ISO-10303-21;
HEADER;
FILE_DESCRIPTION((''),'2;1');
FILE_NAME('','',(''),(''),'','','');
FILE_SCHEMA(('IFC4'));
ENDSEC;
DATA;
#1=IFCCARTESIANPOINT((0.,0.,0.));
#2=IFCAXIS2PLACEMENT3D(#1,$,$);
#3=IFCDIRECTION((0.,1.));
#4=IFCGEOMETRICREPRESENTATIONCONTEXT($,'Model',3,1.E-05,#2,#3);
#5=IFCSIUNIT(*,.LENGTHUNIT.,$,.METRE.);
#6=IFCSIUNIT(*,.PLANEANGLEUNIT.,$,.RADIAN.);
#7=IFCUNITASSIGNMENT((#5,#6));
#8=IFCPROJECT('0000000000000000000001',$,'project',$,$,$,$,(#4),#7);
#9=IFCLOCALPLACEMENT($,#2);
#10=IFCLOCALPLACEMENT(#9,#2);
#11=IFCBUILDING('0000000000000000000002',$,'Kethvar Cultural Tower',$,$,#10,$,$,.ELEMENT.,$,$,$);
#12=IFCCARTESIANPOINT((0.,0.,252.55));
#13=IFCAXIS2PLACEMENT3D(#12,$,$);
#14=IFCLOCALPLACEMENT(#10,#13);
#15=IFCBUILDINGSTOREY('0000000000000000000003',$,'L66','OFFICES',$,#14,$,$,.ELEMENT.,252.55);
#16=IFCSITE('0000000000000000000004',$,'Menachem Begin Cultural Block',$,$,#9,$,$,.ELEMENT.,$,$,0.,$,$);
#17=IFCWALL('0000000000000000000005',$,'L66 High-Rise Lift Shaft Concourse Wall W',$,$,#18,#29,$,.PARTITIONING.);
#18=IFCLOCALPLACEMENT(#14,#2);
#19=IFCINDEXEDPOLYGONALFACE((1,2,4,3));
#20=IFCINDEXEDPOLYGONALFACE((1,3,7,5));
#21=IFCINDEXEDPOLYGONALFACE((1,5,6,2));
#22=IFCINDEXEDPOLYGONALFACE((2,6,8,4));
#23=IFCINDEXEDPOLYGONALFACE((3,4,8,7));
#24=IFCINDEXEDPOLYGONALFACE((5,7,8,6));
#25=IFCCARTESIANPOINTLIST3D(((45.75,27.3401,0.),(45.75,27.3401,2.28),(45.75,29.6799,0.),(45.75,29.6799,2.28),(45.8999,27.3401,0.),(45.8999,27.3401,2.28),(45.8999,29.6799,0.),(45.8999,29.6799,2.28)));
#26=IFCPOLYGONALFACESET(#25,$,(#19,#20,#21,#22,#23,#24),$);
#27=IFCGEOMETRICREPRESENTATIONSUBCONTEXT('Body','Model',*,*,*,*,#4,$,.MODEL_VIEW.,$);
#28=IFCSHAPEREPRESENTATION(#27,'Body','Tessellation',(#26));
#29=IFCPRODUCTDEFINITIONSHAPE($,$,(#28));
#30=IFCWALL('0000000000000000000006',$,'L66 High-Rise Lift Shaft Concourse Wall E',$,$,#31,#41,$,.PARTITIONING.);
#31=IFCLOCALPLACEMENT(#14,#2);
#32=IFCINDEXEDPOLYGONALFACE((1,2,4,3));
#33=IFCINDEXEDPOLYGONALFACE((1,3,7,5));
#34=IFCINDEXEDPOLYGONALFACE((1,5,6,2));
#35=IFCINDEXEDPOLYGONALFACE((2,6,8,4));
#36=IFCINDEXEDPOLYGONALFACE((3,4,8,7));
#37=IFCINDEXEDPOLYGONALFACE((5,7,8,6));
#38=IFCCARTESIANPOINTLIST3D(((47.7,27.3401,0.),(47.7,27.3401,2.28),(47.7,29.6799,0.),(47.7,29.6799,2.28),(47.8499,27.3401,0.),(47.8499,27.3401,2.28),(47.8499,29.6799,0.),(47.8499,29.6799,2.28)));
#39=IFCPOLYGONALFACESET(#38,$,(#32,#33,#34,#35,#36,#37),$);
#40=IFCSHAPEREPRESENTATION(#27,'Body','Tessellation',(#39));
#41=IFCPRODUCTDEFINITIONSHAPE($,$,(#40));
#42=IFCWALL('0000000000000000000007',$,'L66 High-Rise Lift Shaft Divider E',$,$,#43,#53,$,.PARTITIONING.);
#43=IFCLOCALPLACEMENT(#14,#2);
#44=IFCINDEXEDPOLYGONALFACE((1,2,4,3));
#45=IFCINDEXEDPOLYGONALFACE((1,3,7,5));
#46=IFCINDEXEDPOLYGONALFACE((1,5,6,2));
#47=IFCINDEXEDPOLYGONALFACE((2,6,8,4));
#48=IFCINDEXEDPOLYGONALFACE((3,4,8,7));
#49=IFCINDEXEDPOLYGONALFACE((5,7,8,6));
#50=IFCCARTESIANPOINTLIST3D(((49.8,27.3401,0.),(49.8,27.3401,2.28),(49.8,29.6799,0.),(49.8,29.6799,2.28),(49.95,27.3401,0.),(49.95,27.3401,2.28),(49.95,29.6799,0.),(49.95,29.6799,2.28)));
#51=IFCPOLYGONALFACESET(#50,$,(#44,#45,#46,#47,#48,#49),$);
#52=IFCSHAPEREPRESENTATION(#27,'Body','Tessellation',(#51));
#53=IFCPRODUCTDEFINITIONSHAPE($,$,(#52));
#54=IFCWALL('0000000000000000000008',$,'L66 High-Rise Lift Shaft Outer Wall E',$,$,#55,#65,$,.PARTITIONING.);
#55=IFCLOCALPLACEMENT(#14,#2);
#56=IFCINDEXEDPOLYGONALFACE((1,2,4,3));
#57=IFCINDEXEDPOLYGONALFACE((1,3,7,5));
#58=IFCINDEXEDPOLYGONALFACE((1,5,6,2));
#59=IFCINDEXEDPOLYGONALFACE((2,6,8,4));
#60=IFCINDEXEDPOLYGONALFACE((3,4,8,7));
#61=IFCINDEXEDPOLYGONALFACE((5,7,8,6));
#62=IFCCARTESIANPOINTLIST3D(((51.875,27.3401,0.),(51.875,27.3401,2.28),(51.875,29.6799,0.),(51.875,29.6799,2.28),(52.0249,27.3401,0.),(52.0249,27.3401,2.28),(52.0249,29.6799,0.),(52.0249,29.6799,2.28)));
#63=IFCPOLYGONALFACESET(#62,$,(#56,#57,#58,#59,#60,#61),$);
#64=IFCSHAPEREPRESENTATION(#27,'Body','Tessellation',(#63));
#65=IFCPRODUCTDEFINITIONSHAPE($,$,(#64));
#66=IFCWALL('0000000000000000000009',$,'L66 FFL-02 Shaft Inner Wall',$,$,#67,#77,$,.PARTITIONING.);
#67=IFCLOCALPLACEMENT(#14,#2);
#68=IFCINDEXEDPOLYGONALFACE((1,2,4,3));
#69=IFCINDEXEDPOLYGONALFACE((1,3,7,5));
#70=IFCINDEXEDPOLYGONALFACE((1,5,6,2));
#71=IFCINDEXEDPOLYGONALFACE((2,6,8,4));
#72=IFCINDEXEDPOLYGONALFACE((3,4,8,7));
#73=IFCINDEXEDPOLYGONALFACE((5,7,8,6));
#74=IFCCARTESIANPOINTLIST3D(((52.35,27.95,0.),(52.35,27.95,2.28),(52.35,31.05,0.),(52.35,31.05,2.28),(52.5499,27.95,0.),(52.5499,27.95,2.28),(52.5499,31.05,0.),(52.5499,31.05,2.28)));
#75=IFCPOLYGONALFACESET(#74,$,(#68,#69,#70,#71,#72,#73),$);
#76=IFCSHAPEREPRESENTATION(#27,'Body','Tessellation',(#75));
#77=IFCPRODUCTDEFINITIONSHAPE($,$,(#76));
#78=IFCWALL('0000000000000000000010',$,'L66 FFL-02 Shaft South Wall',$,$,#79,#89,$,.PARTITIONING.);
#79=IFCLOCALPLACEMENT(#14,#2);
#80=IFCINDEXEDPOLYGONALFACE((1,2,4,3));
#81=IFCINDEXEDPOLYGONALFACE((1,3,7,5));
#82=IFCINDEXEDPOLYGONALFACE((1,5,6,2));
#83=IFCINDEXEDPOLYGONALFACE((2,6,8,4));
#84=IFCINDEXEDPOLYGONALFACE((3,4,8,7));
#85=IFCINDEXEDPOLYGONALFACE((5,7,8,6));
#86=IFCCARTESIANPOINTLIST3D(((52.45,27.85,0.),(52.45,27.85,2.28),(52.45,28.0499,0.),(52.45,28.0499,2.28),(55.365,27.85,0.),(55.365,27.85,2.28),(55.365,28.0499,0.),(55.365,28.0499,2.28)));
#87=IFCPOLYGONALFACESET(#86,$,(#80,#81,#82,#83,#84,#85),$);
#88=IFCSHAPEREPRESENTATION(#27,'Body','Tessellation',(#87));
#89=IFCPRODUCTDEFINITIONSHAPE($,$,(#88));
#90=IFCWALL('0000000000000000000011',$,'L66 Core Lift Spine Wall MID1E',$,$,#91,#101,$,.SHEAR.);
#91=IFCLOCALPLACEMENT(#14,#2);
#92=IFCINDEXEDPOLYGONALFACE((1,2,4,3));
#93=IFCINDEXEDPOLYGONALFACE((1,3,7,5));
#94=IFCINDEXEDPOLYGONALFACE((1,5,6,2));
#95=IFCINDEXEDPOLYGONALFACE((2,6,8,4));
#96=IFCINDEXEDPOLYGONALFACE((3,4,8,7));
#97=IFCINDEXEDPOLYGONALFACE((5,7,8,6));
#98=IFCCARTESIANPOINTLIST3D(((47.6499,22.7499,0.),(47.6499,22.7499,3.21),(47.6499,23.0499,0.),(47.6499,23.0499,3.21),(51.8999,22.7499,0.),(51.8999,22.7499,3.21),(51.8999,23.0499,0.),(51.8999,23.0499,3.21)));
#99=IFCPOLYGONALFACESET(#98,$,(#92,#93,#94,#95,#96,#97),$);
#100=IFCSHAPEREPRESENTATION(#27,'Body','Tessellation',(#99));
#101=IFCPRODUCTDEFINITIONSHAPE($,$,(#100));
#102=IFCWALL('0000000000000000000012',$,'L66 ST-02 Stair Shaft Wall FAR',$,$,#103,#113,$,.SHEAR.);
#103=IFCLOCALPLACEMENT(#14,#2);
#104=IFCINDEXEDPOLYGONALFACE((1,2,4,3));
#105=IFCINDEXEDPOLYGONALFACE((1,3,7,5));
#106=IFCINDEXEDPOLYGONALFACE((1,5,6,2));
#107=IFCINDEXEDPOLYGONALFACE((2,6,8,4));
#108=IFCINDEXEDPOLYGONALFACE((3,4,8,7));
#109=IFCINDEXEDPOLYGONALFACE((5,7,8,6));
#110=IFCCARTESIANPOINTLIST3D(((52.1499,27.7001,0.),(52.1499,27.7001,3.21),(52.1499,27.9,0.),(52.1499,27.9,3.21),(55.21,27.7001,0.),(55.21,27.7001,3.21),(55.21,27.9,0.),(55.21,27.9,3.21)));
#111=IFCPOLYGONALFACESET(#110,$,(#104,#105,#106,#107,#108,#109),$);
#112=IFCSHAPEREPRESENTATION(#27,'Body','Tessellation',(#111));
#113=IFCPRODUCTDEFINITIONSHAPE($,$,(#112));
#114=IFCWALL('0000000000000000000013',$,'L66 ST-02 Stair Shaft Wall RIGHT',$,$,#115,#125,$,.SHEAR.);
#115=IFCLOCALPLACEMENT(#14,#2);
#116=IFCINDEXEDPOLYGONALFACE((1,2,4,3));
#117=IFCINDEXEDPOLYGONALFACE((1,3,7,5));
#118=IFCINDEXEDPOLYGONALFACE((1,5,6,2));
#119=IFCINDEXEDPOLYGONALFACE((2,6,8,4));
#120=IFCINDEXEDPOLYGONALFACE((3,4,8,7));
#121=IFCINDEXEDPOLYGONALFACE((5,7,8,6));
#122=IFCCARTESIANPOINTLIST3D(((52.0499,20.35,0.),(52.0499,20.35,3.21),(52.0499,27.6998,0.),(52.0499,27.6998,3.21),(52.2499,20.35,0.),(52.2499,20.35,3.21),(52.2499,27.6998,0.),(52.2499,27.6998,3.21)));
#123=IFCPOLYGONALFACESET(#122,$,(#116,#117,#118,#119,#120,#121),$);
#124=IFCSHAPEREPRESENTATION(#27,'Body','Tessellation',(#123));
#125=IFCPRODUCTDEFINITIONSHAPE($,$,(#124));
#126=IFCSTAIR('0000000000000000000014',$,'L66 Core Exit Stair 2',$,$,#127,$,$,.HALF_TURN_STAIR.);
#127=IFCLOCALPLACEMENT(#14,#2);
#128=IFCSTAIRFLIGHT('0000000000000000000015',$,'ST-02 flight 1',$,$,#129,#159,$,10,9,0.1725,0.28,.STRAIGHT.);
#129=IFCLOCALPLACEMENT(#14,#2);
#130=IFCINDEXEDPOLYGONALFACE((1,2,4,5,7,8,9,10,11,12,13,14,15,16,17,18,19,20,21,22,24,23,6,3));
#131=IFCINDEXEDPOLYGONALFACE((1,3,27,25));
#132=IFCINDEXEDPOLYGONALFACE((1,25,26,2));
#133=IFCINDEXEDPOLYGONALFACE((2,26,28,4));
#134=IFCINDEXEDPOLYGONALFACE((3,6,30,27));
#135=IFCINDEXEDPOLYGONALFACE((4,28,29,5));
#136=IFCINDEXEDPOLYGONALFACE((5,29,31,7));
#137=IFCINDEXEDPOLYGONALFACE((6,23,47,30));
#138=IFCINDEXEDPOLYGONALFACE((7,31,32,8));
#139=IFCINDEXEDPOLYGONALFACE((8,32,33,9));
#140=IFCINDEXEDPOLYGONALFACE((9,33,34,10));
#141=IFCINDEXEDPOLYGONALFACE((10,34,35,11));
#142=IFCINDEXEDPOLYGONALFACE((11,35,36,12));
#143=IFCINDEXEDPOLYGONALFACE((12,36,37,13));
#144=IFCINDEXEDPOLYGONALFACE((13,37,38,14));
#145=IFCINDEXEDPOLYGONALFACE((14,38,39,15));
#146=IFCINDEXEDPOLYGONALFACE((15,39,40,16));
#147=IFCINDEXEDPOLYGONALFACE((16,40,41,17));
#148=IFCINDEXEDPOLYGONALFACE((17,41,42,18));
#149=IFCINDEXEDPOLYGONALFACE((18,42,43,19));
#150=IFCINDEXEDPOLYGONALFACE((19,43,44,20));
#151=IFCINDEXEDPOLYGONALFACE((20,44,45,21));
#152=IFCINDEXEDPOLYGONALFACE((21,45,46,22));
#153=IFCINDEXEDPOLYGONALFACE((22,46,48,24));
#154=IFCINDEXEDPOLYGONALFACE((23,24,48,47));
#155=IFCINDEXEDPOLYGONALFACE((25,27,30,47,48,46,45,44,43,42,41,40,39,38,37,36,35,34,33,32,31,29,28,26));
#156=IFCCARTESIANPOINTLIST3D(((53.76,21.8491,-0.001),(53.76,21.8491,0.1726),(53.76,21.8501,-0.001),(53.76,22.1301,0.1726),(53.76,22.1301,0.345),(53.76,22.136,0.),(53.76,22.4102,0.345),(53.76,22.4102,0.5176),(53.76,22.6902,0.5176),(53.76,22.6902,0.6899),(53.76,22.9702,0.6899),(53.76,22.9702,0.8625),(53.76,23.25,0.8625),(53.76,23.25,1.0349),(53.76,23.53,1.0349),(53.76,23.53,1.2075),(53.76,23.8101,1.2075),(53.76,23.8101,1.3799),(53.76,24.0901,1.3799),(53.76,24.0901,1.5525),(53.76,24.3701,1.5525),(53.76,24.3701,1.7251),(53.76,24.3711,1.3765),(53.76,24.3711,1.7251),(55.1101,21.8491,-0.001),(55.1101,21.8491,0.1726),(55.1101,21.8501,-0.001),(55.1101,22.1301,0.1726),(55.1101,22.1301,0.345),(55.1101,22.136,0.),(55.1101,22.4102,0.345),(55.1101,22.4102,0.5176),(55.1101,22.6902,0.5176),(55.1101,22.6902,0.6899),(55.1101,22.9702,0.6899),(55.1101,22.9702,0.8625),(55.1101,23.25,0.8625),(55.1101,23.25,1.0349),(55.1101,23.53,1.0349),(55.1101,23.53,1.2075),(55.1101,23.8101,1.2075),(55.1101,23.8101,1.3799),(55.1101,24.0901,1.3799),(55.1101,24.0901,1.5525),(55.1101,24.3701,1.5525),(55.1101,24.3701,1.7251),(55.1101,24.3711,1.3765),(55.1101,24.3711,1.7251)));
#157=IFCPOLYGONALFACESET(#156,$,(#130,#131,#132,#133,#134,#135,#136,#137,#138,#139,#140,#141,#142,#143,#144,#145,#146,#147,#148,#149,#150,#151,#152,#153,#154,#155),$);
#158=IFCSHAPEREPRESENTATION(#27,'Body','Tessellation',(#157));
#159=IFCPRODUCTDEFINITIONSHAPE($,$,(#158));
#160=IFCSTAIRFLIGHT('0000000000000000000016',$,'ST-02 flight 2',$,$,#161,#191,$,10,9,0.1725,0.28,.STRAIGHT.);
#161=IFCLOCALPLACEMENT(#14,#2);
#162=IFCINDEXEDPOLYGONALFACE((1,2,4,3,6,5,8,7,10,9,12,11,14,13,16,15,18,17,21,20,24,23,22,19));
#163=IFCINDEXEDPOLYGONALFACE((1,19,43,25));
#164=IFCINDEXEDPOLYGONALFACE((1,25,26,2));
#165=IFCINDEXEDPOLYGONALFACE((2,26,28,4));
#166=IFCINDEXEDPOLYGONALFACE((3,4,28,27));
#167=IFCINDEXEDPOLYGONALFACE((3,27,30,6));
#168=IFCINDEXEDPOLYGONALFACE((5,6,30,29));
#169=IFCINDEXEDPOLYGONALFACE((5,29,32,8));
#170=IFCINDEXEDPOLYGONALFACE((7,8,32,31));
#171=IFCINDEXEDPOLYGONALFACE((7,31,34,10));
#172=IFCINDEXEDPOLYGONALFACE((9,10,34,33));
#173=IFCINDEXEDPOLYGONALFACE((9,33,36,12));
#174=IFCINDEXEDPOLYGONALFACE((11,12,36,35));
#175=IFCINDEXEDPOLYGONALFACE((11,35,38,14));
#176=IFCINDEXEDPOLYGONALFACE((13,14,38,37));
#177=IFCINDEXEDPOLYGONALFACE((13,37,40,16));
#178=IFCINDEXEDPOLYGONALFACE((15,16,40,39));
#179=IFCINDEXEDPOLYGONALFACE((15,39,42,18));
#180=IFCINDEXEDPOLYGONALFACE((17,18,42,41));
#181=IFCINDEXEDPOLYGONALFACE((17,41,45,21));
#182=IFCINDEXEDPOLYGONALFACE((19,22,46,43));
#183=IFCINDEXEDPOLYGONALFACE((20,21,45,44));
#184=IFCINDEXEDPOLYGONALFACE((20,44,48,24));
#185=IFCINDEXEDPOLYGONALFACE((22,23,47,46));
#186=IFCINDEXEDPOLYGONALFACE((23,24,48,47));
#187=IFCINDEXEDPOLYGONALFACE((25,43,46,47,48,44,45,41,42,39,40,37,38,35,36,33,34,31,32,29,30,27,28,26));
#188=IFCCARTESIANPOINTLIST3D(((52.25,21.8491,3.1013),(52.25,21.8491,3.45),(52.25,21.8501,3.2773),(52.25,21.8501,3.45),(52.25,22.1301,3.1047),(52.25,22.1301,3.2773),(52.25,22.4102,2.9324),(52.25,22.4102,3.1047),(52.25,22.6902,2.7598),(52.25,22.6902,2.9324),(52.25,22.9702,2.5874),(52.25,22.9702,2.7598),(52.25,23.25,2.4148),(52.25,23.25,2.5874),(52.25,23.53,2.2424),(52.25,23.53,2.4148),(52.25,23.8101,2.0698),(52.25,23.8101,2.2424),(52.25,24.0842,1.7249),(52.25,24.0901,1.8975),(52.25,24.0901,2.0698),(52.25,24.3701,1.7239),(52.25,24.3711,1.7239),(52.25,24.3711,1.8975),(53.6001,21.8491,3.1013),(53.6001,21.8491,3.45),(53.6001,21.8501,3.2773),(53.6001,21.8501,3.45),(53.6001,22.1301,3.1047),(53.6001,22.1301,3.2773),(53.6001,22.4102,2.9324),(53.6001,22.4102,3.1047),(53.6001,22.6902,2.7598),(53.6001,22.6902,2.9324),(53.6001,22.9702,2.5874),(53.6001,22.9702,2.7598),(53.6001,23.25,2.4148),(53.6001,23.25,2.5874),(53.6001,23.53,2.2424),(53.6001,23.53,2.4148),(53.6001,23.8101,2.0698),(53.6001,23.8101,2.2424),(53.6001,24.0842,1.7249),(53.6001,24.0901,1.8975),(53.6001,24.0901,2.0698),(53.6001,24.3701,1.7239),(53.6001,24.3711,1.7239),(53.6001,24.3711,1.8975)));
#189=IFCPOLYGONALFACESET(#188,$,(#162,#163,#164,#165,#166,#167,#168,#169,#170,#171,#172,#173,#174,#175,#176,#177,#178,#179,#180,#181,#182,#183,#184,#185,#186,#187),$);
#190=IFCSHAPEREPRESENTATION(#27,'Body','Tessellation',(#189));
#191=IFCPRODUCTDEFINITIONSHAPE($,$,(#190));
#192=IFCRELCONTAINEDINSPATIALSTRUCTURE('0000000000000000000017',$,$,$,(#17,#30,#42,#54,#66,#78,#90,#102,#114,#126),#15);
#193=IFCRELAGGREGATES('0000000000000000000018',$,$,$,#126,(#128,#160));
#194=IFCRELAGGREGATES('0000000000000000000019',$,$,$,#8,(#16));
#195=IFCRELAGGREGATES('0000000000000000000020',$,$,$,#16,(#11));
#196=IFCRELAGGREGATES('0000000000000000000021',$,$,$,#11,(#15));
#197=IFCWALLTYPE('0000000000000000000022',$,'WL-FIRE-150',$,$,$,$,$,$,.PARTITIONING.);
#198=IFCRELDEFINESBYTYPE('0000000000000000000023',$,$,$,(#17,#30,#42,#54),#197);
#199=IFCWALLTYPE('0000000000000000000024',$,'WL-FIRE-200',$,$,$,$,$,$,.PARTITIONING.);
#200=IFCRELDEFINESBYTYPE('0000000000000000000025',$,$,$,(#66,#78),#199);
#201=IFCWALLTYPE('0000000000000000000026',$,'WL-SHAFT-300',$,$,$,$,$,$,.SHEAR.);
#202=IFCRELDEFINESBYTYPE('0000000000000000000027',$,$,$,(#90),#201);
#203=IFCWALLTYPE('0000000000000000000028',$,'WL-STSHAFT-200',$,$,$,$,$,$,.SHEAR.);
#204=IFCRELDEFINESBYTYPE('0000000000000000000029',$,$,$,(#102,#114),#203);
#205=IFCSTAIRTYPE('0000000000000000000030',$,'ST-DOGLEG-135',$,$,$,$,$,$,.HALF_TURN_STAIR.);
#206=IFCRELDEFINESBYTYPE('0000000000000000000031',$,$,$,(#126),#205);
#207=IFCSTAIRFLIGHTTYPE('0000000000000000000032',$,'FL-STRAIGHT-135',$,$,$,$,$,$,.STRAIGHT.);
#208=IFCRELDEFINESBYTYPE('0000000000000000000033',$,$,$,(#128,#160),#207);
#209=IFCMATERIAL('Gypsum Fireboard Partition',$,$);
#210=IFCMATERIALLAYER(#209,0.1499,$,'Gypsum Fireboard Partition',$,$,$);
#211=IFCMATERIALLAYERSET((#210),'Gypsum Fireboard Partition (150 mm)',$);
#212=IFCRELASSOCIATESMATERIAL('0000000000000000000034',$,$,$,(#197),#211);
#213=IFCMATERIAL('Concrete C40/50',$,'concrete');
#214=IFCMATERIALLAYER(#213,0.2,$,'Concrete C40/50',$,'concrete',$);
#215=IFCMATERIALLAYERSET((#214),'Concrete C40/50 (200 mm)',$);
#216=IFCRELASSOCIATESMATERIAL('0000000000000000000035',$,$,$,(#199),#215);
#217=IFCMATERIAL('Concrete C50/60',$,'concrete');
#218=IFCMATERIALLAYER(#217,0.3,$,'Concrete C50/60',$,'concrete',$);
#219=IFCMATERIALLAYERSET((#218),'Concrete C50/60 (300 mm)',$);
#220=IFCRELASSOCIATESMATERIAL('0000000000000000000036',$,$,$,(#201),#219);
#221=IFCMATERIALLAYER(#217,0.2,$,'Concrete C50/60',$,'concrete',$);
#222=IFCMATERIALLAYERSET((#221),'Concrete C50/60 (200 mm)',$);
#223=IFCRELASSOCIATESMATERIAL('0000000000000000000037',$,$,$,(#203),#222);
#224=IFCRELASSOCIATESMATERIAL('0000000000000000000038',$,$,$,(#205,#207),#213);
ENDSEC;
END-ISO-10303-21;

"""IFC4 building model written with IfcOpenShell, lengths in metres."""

from ifc_helpers import new_model, si_unit, direction, frame, frame_2d, origin, place, context, subcontext, project, spatial, polyline, rectangle, outline, extrude, material, layer, layer_set, type_object, element, aggregate, save


model = new_model("IFC4")

# Units and contexts
model_context = context("Model", 3, precision=1e-05, world=origin(), true_north=direction((0.0, 1.0)))
body_context = subcontext(model_context, "Body", "Model", "MODEL_VIEW")
ifc_project = project(units=[si_unit("LENGTHUNIT", "METRE"), si_unit("PLANEANGLEUNIT", "RADIAN")], contexts=[model_context])

# Site, building, storey
site_placement = place(None, origin())
site = spatial("IfcSite", under=ifc_project, at=site_placement, Name="Menachem Begin Cultural Block", CompositionType="ELEMENT", RefElevation=0.0)
building_placement = place(site_placement, origin())
building = spatial("IfcBuilding", under=site, at=building_placement, Name="Kethvar Cultural Tower", CompositionType="ELEMENT")
storey_placement = place(building_placement, frame((0.0, 0.0, 252.55)))
storey = spatial("IfcBuildingStorey", under=building, at=storey_placement, Name="L66", Description="OFFICES", CompositionType="ELEMENT", Elevation=252.55)

# Walls
ifc_material_1 = material(Name="Gypsum Fireboard Partition")
ifc_layer_1 = layer(ifc_material_1, 0.1499, Name="Gypsum Fireboard Partition")
ifc_layer_set_1 = layer_set([ifc_layer_1], Name="Gypsum Fireboard Partition (150 mm)")
wall_type_1 = type_object("IfcWallType", Name="WL-FIRE-150", PredefinedType="PARTITIONING", material=ifc_layer_set_1)
for number, where, z_axis, x_axis, name in (
    (1, (45.825, 27.3401, 0.0), (0.0, 0.0, 1.0), (0.0, 1.0, 0.0), "L66 High-Rise Lift Shaft Concourse Wall W"),
    (2, (47.7749, 27.3401, 0.0), (0.0, 0.0, 1.0), (0.0, 1.0, 0.0), "L66 High-Rise Lift Shaft Concourse Wall E"),
    (3, (49.875, 27.3401, 0.0), (0.0, 0.0, 1.0), (0.0, 1.0, 0.0), "L66 High-Rise Lift Shaft Divider E"),
    (4, (51.95, 27.3401, 0.0), (0.0, 0.0, 1.0), (0.0, 1.0, 0.0), "L66 High-Rise Lift Shaft Outer Wall E"),
):
    element("IfcWall", number, at=place(storey_placement, frame(where, z_axis=z_axis, x_axis=x_axis)), inside=storey, type_object=wall_type_1, Name=name, PredefinedType="PARTITIONING", context=body_context, shape_type="SweptSolid", body=[
        extrude(rectangle(XDim=2.3398, YDim=0.1499, at=frame_2d((1.1699, 0.0))), origin(), (0.0, 0.0, 1.0), 2.28),
    ])
ifc_material_2 = material(Name="Concrete C40/50", Category="concrete")
ifc_layer_2 = layer(ifc_material_2, 0.2, Name="Concrete C40/50", Category="concrete")
ifc_layer_set_2 = layer_set([ifc_layer_2], Name="Concrete C40/50 (200 mm)")
wall_type_2 = type_object("IfcWallType", Name="WL-FIRE-200", PredefinedType="PARTITIONING", material=ifc_layer_set_2)
wall_1_placement = place(storey_placement, frame((52.45, 27.95, 0.0), z_axis=(0.0, 0.0, 1.0), x_axis=(0.0, 1.0, 0.0)))
element("IfcWall", 5, at=wall_1_placement, inside=storey, type_object=wall_type_2, Name="L66 FFL-02 Shaft Inner Wall", PredefinedType="PARTITIONING", context=body_context, shape_type="SweptSolid", body=[
    extrude(rectangle(XDim=3.1001, YDim=0.2, at=frame_2d((1.55, 0.0))), origin(), (0.0, 0.0, 1.0), 2.28),
])
wall_2_placement = place(storey_placement, frame((52.45, 27.95, 0.0), z_axis=(0.0, 0.0, 1.0), x_axis=(1.0, 0.0, 0.0)))
element("IfcWall", 6, at=wall_2_placement, inside=storey, type_object=wall_type_2, Name="L66 FFL-02 Shaft South Wall", PredefinedType="PARTITIONING", context=body_context, shape_type="SweptSolid", body=[
    extrude(rectangle(XDim=2.915, YDim=0.2, at=frame_2d((1.4575, 0.0))), origin(), (0.0, 0.0, 1.0), 2.28),
])
ifc_material_3 = material(Name="Concrete C50/60", Category="concrete")
ifc_layer_3 = layer(ifc_material_3, 0.3, Name="Concrete C50/60", Category="concrete")
ifc_layer_set_3 = layer_set([ifc_layer_3], Name="Concrete C50/60 (300 mm)")
wall_type_3 = type_object("IfcWallType", Name="WL-SHAFT-300", PredefinedType="SHEAR", material=ifc_layer_set_3)
wall_3_placement = place(storey_placement, frame((47.6499, 22.8999, 0.0), z_axis=(0.0, 0.0, 1.0), x_axis=(1.0, 0.0, 0.0)))
element("IfcWall", 7, at=wall_3_placement, inside=storey, type_object=wall_type_3, Name="L66 Core Lift Spine Wall MID1E", PredefinedType="SHEAR", context=body_context, shape_type="SweptSolid", body=[
    extrude(rectangle(XDim=4.25, YDim=0.3, at=frame_2d((2.125, 0.0))), origin(), (0.0, 0.0, 1.0), 3.21),
])

# Walls
ifc_layer_4 = layer(ifc_material_3, 0.2, Name="Concrete C50/60", Category="concrete")
ifc_layer_set_4 = layer_set([ifc_layer_4], Name="Concrete C50/60 (200 mm)")
wall_type_4 = type_object("IfcWallType", Name="WL-STSHAFT-200", PredefinedType="SHEAR", material=ifc_layer_set_4)
wall_4_placement = place(storey_placement, frame((52.1499, 27.8, 0.0), z_axis=(0.0, 0.0, 1.0), x_axis=(1.0, 0.0, 0.0)))
element("IfcWall", 8, at=wall_4_placement, inside=storey, type_object=wall_type_4, Name="L66 ST-02 Stair Shaft Wall FAR", PredefinedType="SHEAR", context=body_context, shape_type="SweptSolid", body=[
    extrude(rectangle(XDim=3.0601, YDim=0.2, at=frame_2d((1.53, 0.0))), origin(), (0.0, 0.0, 1.0), 3.21),
])
wall_5_placement = place(storey_placement, frame((52.1499, 20.3501, 0.0), z_axis=(0.0, 0.0, 1.0), x_axis=(0.0, 1.0, 0.0)))
element("IfcWall", 9, at=wall_5_placement, inside=storey, type_object=wall_type_4, Name="L66 ST-02 Stair Shaft Wall RIGHT", PredefinedType="SHEAR", context=body_context, shape_type="SweptSolid", body=[
    extrude(rectangle(XDim=7.3499, YDim=0.2, at=frame_2d((3.6748, 0.0))), origin(), (0.0, 0.0, 1.0), 3.21),
])

# Stair, stair flights
stair_type = type_object("IfcStairType", Name="ST-DOGLEG-135", PredefinedType="HALF_TURN_STAIR", material=ifc_material_2)
stair_placement = place(storey_placement, origin())
stair = element("IfcStair", 10, at=stair_placement, inside=storey, type_object=stair_type, Name="L66 Core Exit Stair 2", PredefinedType="HALF_TURN_STAIR")
stair_flight_type = type_object("IfcStairFlightType", Name="FL-STRAIGHT-135", PredefinedType="STRAIGHT", material=ifc_material_2)
stair_flight_1_placement = place(storey_placement, frame((54.4351, 21.8501, 0.0), z_axis=(0.0, 0.0, 1.0), x_axis=(0.0, 1.0, 0.0)))
stair_flight_1 = element("IfcStairFlight", 11, at=stair_flight_1_placement, type_object=stair_flight_type, Name="ST-02 flight 1", NumberOfRisers=10, NumberOfTreads=9, PredefinedType="STRAIGHT", RiserHeight=0.1725, TreadLength=0.28, context=body_context, shape_type="SweptSolid", body=[
    extrude(outline(polyline([(-0.001, -0.001), (-0.001, 0.1726), (0.28, 0.1726), (0.28, 0.345), (0.5601, 0.345), (0.5601, 0.5176), (0.8401, 0.5176), (0.8401, 0.6899), (1.1201, 0.6899), (1.1201, 0.8625), (1.3999, 0.8625), (1.3999, 1.0349), (1.6799, 1.0349), (1.6799, 1.2075), (1.96, 1.2075), (1.96, 1.3799), (2.24, 1.3799), (2.24, 1.5525), (2.52, 1.5525), (2.52, 1.7251), (2.521, 1.7251), (2.521, 1.3765), (0.2859, 0.0), (0.0, -0.001), (-0.001, -0.001)])), frame((0.0, 0.675, 0.0), z_axis=(0.0, -1.0, 0.0), x_axis=(1.0, 0.0, 0.0)), (0.0, 0.0, 1.0), 1.3501),
])
stair_flight_2_placement = place(storey_placement, frame((52.925, 24.3701, 1.7249), z_axis=(0.0, 0.0, 1.0), x_axis=(0.0, -1.0, 0.0)))
stair_flight_2 = element("IfcStairFlight", 12, at=stair_flight_2_placement, type_object=stair_flight_type, Name="ST-02 flight 2", NumberOfRisers=10, NumberOfTreads=9, PredefinedType="STRAIGHT", RiserHeight=0.1725, TreadLength=0.28, context=body_context, shape_type="SweptSolid", body=[
    extrude(outline(polyline([(-0.001, -0.001), (-0.001, 0.1726), (0.28, 0.1726), (0.28, 0.345), (0.5601, 0.345), (0.5601, 0.5176), (0.8401, 0.5176), (0.8401, 0.6899), (1.1201, 0.6899), (1.1201, 0.8625), (1.3999, 0.8625), (1.3999, 1.0349), (1.6799, 1.0349), (1.6799, 1.2075), (1.96, 1.2075), (1.96, 1.3799), (2.24, 1.3799), (2.24, 1.5525), (2.52, 1.5525), (2.52, 1.7251), (2.521, 1.7251), (2.521, 1.3765), (0.2859, 0.0), (0.0, -0.001), (-0.001, -0.001)])), frame((0.0, 0.675, 0.0), z_axis=(0.0, -1.0, 0.0), x_axis=(1.0, 0.0, 0.0)), (0.0, 0.0, 1.0), 1.3501),
])
aggregate(stair, [stair_flight_1, stair_flight_2])

save(model, "model.ifc")
